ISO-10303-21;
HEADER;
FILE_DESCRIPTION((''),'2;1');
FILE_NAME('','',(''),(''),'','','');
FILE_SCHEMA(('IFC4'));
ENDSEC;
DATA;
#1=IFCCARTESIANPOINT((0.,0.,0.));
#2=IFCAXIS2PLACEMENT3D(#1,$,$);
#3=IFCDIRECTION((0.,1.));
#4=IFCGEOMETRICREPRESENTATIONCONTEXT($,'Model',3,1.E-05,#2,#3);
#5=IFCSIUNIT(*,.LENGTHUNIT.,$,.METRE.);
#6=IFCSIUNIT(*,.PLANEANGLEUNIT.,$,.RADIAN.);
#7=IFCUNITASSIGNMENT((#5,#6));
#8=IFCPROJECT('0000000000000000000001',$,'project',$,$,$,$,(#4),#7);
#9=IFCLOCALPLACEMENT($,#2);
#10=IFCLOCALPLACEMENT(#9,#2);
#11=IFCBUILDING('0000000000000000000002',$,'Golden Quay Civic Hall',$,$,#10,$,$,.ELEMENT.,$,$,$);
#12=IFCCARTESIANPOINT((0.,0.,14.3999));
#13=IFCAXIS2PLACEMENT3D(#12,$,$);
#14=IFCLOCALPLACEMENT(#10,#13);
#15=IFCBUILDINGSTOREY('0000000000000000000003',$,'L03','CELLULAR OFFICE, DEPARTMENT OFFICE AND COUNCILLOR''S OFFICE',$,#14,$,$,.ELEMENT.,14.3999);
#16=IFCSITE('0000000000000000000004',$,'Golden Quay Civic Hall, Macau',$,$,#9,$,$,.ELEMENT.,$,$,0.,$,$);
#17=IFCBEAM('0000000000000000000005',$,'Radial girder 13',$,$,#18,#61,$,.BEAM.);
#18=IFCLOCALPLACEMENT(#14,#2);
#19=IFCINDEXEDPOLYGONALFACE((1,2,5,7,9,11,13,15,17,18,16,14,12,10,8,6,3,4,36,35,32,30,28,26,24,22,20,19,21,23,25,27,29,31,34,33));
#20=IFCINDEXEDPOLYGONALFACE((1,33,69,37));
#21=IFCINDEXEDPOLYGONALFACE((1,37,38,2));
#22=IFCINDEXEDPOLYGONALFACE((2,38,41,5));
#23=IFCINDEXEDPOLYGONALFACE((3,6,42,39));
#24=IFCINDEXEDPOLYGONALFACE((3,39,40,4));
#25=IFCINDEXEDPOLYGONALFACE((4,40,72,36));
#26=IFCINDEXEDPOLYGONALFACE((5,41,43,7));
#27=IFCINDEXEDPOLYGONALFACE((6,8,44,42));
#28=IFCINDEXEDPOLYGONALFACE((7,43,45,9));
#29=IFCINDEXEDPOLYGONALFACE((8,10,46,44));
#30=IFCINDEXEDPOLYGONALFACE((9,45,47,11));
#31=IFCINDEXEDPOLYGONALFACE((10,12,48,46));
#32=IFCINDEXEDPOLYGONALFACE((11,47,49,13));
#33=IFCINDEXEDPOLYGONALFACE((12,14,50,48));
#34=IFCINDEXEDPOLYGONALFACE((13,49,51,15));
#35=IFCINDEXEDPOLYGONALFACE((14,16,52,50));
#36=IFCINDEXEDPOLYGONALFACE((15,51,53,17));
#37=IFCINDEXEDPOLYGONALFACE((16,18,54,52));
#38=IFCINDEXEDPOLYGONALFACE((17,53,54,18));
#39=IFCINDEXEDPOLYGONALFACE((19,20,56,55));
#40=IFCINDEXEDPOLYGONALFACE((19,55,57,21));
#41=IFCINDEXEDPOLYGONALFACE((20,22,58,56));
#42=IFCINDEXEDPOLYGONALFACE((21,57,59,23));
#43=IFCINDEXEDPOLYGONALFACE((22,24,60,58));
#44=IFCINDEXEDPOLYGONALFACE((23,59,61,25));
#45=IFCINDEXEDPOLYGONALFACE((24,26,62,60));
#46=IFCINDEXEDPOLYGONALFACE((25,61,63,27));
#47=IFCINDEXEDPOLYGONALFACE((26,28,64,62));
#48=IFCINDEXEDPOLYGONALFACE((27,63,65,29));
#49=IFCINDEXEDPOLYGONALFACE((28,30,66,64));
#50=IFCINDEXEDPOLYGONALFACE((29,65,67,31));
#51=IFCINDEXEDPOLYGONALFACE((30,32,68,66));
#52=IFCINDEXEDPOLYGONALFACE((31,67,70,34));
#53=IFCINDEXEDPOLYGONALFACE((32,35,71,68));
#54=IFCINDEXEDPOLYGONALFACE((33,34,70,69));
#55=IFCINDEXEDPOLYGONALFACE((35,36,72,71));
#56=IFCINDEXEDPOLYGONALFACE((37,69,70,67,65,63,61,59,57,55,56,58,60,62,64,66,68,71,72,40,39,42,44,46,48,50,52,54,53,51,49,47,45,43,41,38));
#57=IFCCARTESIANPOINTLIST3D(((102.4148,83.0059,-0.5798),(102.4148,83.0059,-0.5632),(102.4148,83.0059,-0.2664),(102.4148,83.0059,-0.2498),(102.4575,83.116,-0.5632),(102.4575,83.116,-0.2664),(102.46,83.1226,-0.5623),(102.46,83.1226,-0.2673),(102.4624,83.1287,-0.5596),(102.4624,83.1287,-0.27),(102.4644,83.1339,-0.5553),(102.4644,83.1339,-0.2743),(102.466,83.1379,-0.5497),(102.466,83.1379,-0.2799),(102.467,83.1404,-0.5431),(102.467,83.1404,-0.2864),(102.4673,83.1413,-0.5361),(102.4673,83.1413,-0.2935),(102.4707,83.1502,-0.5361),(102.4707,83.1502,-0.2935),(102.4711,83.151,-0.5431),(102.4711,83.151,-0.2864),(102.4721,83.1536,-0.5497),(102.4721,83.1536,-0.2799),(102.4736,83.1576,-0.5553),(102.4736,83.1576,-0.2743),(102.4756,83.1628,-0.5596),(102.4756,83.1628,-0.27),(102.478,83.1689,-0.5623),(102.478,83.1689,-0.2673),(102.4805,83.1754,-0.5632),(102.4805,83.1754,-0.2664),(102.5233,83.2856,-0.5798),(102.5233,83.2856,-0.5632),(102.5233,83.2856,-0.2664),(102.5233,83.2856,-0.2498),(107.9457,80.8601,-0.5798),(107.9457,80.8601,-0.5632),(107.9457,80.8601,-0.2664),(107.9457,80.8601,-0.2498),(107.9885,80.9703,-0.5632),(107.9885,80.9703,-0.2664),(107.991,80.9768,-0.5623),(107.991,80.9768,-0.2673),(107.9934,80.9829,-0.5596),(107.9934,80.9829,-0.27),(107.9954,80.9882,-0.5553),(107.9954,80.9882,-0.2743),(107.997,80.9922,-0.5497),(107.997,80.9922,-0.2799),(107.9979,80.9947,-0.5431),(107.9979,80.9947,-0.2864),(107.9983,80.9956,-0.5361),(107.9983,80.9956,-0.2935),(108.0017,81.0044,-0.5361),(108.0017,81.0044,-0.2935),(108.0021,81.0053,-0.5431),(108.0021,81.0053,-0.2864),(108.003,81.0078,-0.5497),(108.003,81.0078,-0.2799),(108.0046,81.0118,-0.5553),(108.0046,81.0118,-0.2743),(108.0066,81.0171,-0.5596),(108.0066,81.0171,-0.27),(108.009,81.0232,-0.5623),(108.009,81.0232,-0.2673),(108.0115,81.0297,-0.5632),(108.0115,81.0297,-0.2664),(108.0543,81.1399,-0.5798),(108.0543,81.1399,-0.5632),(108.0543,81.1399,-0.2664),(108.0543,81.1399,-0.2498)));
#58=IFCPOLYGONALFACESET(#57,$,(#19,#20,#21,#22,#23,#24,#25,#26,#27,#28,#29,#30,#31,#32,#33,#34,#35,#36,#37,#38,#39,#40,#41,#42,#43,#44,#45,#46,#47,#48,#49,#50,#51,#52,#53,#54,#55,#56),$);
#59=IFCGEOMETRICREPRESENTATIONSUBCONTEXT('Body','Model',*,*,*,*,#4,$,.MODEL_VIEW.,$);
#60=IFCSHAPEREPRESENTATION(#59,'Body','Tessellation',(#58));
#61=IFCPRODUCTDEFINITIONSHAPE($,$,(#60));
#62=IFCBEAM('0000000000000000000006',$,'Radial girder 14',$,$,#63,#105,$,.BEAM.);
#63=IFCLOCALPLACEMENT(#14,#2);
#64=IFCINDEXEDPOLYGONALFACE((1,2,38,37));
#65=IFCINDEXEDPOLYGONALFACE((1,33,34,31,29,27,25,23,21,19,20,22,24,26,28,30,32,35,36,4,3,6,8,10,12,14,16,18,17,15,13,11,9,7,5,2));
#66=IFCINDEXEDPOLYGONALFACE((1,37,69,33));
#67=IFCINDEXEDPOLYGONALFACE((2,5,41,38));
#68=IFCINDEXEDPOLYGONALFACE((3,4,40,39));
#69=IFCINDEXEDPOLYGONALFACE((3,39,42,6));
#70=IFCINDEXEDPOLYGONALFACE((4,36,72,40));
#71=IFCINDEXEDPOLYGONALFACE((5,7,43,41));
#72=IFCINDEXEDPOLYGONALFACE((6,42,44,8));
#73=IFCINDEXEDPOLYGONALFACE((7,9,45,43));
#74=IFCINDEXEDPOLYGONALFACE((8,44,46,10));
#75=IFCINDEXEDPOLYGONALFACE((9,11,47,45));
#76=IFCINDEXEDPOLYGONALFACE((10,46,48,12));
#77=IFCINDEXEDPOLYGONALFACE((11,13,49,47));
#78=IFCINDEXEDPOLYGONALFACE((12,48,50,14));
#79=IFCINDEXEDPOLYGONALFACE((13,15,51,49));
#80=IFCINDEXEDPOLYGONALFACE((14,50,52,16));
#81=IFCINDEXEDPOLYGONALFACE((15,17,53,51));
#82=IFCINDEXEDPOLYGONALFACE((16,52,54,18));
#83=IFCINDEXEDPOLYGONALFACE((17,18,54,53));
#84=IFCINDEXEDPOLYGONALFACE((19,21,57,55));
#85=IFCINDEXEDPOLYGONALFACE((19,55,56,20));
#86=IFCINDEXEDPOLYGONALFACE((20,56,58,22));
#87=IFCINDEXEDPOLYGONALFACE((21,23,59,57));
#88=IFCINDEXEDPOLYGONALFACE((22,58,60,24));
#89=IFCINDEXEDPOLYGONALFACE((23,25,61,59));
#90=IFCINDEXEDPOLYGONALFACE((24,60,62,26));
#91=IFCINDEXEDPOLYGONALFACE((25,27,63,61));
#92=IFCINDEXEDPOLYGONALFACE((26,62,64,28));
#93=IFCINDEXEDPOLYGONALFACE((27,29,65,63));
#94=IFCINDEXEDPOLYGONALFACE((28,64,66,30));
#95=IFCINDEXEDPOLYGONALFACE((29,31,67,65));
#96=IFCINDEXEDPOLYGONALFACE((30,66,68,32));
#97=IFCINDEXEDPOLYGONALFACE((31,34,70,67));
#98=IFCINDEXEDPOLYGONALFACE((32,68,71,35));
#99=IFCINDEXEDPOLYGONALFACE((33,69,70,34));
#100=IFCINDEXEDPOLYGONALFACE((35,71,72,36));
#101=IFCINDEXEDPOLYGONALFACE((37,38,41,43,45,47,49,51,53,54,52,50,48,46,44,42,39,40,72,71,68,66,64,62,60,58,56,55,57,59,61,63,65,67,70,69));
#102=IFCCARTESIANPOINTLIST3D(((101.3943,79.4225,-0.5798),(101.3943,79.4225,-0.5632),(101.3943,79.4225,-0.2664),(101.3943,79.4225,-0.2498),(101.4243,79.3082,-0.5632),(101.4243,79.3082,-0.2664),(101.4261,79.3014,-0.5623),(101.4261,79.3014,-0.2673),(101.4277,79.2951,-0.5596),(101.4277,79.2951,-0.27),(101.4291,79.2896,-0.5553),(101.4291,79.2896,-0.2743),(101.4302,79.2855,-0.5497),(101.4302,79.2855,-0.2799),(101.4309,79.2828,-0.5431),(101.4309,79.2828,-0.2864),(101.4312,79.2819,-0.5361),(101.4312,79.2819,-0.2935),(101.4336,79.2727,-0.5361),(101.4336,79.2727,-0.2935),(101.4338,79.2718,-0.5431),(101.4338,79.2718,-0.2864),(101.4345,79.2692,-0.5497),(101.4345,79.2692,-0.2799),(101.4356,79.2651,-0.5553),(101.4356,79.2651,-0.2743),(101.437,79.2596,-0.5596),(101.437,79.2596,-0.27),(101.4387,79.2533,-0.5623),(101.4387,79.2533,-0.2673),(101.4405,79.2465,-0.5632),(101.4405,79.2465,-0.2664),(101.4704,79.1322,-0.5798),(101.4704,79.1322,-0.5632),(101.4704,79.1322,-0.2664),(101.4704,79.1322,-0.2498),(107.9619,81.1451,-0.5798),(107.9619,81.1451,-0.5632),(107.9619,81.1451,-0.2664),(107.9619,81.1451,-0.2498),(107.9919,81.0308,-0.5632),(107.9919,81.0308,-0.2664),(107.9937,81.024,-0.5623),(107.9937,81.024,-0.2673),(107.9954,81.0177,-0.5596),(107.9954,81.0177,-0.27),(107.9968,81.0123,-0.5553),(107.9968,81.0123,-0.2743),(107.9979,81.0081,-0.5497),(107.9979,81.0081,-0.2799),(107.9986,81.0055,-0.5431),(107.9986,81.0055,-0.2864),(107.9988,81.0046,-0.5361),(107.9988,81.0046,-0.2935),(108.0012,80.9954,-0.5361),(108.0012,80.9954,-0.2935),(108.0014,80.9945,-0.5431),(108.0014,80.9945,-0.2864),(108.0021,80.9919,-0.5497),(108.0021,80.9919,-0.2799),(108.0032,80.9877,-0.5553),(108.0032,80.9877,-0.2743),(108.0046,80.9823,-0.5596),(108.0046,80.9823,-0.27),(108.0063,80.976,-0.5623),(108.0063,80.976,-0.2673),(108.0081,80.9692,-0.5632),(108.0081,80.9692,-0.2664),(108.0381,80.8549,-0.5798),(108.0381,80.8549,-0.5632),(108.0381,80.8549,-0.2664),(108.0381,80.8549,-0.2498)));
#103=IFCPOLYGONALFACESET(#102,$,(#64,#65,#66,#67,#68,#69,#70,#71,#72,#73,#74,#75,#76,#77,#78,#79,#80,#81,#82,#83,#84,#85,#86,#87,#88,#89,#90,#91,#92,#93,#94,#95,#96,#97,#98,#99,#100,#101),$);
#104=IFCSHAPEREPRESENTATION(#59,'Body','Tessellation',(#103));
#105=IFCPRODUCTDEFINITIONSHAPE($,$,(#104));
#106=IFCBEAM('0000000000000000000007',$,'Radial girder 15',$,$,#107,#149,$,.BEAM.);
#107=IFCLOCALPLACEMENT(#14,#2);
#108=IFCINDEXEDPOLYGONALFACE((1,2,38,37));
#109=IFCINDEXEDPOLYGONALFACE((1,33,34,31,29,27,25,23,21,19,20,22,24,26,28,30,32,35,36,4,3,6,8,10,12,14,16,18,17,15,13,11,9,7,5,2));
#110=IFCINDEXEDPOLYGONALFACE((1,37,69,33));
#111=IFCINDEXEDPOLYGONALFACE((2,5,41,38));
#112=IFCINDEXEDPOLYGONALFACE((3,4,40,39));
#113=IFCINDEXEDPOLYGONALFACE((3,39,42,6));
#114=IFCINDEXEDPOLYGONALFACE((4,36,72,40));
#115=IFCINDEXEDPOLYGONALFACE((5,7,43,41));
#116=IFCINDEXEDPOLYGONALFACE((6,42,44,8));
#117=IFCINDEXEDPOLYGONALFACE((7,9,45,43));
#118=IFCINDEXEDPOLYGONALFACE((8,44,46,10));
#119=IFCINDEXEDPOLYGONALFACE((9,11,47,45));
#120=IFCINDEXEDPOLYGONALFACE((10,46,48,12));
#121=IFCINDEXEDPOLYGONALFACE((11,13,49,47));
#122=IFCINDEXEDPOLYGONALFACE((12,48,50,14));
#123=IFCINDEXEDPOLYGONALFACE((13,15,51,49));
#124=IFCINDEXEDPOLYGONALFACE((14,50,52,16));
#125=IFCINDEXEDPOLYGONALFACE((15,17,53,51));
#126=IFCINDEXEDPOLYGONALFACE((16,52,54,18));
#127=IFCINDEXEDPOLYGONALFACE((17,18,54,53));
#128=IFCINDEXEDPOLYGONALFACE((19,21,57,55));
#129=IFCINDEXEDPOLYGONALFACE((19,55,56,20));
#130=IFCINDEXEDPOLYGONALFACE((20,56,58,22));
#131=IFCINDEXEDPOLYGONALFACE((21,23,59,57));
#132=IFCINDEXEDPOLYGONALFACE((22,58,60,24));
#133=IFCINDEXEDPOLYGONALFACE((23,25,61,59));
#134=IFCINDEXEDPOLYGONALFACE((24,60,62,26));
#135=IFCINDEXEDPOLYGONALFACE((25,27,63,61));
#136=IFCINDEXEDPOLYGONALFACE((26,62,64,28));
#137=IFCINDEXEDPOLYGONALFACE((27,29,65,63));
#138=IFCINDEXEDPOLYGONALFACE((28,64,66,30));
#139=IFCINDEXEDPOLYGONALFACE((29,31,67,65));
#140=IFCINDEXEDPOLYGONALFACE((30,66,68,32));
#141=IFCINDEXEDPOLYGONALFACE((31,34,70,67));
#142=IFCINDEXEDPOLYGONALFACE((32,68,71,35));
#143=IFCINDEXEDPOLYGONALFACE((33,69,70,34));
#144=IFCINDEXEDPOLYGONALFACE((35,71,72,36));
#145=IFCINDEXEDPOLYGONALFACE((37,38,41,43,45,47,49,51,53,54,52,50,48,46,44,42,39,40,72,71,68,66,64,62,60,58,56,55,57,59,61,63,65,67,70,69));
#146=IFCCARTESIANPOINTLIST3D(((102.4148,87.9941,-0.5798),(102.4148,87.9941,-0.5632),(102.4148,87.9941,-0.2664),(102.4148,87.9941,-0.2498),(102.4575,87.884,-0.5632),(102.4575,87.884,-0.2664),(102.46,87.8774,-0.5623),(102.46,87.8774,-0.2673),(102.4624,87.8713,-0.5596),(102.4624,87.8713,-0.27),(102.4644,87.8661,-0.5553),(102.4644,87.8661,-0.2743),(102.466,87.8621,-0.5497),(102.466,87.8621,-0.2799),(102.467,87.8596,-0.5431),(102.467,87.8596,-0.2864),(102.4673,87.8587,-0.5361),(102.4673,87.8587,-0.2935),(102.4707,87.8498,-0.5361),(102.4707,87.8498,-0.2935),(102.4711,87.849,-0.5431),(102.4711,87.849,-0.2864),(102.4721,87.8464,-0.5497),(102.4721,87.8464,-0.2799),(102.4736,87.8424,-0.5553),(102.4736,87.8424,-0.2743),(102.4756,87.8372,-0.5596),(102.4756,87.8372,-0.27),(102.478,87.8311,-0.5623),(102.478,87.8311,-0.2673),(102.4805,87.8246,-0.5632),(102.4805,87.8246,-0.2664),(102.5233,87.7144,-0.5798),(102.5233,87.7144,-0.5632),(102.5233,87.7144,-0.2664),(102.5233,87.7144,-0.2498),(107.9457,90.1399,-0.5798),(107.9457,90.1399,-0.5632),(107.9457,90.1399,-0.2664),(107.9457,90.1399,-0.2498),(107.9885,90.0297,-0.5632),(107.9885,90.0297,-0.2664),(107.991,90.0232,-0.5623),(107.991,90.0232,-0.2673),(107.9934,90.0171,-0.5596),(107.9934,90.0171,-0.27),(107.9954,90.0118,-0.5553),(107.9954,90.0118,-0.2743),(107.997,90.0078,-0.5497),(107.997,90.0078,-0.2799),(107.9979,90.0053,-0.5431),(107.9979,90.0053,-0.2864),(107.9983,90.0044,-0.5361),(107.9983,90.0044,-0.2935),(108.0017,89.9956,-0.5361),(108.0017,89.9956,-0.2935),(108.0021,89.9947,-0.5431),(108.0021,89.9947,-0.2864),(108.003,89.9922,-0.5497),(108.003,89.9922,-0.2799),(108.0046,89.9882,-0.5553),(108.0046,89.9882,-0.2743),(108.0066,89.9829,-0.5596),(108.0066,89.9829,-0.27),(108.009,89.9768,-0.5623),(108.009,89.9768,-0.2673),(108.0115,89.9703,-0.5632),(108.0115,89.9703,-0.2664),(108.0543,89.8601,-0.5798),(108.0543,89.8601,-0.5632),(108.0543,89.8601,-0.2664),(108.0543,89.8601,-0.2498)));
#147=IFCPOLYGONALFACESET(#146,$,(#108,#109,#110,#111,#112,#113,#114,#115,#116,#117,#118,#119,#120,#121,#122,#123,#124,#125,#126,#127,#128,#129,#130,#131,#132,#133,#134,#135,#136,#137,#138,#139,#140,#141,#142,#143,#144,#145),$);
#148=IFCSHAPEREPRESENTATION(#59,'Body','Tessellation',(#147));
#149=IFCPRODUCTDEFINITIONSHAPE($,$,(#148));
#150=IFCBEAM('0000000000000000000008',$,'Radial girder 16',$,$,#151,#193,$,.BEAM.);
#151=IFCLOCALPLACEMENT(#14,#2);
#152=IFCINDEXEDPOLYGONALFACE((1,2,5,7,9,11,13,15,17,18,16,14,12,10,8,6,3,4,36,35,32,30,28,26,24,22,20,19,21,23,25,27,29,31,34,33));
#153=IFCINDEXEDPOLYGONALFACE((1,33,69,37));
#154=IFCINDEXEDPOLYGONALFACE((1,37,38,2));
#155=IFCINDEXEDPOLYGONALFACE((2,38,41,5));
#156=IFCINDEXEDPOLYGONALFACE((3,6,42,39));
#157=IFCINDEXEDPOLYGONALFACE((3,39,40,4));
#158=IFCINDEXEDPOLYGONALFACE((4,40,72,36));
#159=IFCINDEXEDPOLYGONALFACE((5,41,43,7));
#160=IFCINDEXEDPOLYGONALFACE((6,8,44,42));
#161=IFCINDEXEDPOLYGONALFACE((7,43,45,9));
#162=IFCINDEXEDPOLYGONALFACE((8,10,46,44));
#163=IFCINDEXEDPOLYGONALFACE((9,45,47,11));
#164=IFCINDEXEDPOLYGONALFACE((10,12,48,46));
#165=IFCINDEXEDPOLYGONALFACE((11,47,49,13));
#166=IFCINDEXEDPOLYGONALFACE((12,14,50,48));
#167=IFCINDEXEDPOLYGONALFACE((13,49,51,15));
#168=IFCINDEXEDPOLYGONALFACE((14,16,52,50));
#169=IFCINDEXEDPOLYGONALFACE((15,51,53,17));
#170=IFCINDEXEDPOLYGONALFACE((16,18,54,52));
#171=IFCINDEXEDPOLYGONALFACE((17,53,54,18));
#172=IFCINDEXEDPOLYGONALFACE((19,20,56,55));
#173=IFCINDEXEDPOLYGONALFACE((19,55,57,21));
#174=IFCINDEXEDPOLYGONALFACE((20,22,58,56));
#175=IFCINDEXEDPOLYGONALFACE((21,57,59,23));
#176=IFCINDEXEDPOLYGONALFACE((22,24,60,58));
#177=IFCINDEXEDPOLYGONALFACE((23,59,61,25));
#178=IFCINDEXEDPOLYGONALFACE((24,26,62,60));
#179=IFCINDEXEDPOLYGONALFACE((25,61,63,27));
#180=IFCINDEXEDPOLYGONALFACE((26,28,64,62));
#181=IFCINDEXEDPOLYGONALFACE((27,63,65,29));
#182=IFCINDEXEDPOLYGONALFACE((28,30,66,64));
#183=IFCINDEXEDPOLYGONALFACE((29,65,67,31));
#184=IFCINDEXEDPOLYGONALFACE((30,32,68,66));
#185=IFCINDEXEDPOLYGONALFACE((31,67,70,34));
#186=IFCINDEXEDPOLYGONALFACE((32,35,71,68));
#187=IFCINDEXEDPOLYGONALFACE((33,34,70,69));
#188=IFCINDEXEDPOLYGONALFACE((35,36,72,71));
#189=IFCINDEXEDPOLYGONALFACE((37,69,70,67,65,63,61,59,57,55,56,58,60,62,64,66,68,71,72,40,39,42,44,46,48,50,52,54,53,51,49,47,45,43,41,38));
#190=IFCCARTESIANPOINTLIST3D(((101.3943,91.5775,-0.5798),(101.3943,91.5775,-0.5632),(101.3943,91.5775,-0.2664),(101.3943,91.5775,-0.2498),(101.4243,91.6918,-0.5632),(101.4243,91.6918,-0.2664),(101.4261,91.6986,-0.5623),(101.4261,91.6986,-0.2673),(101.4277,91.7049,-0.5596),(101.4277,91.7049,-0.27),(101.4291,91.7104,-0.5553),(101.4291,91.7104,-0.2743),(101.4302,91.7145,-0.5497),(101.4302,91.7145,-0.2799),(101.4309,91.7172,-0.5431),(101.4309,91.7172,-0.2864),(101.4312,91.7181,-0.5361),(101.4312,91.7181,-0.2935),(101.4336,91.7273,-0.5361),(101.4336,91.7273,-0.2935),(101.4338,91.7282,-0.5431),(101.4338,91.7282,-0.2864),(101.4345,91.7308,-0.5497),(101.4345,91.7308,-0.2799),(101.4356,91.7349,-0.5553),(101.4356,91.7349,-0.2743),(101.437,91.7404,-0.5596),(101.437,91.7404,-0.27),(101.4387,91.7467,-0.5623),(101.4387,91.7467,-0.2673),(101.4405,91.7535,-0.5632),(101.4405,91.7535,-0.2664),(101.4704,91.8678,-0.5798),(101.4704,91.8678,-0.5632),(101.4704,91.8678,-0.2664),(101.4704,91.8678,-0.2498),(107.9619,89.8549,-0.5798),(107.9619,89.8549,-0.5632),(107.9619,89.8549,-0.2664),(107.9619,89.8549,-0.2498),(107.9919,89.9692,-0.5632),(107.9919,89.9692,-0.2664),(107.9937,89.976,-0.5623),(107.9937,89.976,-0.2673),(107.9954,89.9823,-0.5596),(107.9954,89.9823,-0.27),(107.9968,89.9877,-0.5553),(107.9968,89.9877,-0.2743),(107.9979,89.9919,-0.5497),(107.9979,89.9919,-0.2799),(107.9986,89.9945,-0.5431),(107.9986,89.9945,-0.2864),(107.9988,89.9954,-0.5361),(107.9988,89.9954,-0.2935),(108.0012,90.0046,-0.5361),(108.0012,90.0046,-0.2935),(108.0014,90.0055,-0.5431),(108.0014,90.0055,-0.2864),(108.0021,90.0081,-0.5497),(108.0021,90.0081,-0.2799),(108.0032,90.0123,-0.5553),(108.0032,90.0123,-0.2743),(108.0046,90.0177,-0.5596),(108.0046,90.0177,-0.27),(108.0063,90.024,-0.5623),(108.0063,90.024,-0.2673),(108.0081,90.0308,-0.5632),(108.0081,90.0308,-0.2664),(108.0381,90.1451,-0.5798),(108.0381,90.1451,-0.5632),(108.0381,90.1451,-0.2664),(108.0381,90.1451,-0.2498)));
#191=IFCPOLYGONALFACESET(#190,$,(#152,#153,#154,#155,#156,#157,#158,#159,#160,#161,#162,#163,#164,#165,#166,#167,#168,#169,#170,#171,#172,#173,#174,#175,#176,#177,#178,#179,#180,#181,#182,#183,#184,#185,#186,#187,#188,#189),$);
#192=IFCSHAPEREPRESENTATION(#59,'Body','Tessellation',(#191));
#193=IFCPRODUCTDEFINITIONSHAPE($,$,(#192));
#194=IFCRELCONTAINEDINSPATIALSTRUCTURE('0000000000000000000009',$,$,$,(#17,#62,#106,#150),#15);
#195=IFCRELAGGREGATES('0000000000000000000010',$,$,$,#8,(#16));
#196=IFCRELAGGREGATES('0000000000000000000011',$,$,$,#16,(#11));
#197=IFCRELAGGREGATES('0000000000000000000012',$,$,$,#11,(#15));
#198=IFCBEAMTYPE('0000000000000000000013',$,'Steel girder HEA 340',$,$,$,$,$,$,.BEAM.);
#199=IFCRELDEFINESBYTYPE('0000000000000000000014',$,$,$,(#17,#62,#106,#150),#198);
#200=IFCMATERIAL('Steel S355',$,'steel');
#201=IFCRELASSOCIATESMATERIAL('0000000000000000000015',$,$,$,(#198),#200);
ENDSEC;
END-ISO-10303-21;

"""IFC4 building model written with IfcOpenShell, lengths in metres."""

from ifc_helpers import new_model, si_unit, direction, frame, origin, origin_2d, place, context, subcontext, project, spatial, i_section, extrude, material, material_profile, profile_set, type_object, element, save


model = new_model("IFC4")

# Units and contexts
model_context = context("Model", 3, precision=1e-05, world=origin(), true_north=direction((0.0, 1.0)))
body_context = subcontext(model_context, "Body", "Model", "MODEL_VIEW")
ifc_project = project(units=[si_unit("LENGTHUNIT", "METRE"), si_unit("PLANEANGLEUNIT", "RADIAN")], contexts=[model_context])

# Site, building, storey
site_placement = place(None, origin())
site = spatial("IfcSite", under=ifc_project, at=site_placement, Name="Golden Quay Civic Hall, Macau", CompositionType="ELEMENT", RefElevation=0.0)
building_placement = place(site_placement, origin())
building = spatial("IfcBuilding", under=site, at=building_placement, Name="Golden Quay Civic Hall", CompositionType="ELEMENT")
storey_placement = place(building_placement, frame((0.0, 0.0, 14.3999)))
storey = spatial("IfcBuildingStorey", under=building, at=storey_placement, Name="L03", Description="CELLULAR OFFICE, DEPARTMENT OFFICE AND COUNCILLOR'S OFFICE", CompositionType="ELEMENT", Elevation=14.3999)

# Beams
ifc_material_1 = material(Name="Steel S355", Category="steel")
ifc_material_profile_1 = material_profile(ifc_material_1, i_section(OverallWidth=0.3, OverallDepth=0.3301, WebThickness=0.0095, FlangeThickness=0.0166, FilletRadius=0.0271, at=origin_2d()), Name="HEA 340")
ifc_profile_set_1 = profile_set([ifc_material_profile_1], Name="Steel S355")
beam_type_1 = type_object("IfcBeamType", Name="Steel girder HEA 340", PredefinedType="BEAM", material=ifc_profile_set_1)
beam_1_placement = place(storey_placement, frame((108.0, 81.0, -0.4148), z_axis=(-0.9323, 0.361686, 0.0), x_axis=(-0.361686, -0.9323, 0.0)))
element("IfcBeam", 1, at=beam_1_placement, inside=storey, type_object=beam_type_1, Name="Radial girder 13", PredefinedType="BEAM", context=body_context, shape_type="SweptSolid", body=[
    extrude(i_section(OverallWidth=0.3, OverallDepth=0.3301, WebThickness=0.0095, FlangeThickness=0.0166, FilletRadius=0.0271, at=origin_2d()), origin(), (0.0, 0.0, 1.0), 5.9326),
])
beam_2_placement = place(storey_placement, frame((108.0, 81.0, -0.4148), z_axis=(-0.96728, -0.253713, 0.0), x_axis=(0.253713, -0.96728, 0.0)))
element("IfcBeam", 2, at=beam_2_placement, inside=storey, type_object=beam_type_1, Name="Radial girder 14", PredefinedType="BEAM", context=body_context, shape_type="SweptSolid", body=[
    extrude(i_section(OverallWidth=0.3, OverallDepth=0.3301, WebThickness=0.0095, FlangeThickness=0.0166, FilletRadius=0.0271, at=origin_2d()), origin(), (0.0, 0.0, 1.0), 6.7898),
])
beam_3_placement = place(storey_placement, frame((108.0, 90.0, -0.4148), z_axis=(-0.9323, -0.361686, 0.0), x_axis=(0.361686, -0.9323, 0.0)))
element("IfcBeam", 3, at=beam_3_placement, inside=storey, type_object=beam_type_1, Name="Radial girder 15", PredefinedType="BEAM", context=body_context, shape_type="SweptSolid", body=[
    extrude(i_section(OverallWidth=0.3, OverallDepth=0.3301, WebThickness=0.0095, FlangeThickness=0.0166, FilletRadius=0.0271, at=origin_2d()), origin(), (0.0, 0.0, 1.0), 5.9326),
])
beam_4_placement = place(storey_placement, frame((108.0, 90.0, -0.4148), z_axis=(-0.96728, 0.253713, 0.0), x_axis=(-0.253713, -0.96728, 0.0)))
element("IfcBeam", 4, at=beam_4_placement, inside=storey, type_object=beam_type_1, Name="Radial girder 16", PredefinedType="BEAM", context=body_context, shape_type="SweptSolid", body=[
    extrude(i_section(OverallWidth=0.3, OverallDepth=0.3301, WebThickness=0.0095, FlangeThickness=0.0166, FilletRadius=0.0271, at=origin_2d()), origin(), (0.0, 0.0, 1.0), 6.7898),
])

save(model, "model.ifc")
